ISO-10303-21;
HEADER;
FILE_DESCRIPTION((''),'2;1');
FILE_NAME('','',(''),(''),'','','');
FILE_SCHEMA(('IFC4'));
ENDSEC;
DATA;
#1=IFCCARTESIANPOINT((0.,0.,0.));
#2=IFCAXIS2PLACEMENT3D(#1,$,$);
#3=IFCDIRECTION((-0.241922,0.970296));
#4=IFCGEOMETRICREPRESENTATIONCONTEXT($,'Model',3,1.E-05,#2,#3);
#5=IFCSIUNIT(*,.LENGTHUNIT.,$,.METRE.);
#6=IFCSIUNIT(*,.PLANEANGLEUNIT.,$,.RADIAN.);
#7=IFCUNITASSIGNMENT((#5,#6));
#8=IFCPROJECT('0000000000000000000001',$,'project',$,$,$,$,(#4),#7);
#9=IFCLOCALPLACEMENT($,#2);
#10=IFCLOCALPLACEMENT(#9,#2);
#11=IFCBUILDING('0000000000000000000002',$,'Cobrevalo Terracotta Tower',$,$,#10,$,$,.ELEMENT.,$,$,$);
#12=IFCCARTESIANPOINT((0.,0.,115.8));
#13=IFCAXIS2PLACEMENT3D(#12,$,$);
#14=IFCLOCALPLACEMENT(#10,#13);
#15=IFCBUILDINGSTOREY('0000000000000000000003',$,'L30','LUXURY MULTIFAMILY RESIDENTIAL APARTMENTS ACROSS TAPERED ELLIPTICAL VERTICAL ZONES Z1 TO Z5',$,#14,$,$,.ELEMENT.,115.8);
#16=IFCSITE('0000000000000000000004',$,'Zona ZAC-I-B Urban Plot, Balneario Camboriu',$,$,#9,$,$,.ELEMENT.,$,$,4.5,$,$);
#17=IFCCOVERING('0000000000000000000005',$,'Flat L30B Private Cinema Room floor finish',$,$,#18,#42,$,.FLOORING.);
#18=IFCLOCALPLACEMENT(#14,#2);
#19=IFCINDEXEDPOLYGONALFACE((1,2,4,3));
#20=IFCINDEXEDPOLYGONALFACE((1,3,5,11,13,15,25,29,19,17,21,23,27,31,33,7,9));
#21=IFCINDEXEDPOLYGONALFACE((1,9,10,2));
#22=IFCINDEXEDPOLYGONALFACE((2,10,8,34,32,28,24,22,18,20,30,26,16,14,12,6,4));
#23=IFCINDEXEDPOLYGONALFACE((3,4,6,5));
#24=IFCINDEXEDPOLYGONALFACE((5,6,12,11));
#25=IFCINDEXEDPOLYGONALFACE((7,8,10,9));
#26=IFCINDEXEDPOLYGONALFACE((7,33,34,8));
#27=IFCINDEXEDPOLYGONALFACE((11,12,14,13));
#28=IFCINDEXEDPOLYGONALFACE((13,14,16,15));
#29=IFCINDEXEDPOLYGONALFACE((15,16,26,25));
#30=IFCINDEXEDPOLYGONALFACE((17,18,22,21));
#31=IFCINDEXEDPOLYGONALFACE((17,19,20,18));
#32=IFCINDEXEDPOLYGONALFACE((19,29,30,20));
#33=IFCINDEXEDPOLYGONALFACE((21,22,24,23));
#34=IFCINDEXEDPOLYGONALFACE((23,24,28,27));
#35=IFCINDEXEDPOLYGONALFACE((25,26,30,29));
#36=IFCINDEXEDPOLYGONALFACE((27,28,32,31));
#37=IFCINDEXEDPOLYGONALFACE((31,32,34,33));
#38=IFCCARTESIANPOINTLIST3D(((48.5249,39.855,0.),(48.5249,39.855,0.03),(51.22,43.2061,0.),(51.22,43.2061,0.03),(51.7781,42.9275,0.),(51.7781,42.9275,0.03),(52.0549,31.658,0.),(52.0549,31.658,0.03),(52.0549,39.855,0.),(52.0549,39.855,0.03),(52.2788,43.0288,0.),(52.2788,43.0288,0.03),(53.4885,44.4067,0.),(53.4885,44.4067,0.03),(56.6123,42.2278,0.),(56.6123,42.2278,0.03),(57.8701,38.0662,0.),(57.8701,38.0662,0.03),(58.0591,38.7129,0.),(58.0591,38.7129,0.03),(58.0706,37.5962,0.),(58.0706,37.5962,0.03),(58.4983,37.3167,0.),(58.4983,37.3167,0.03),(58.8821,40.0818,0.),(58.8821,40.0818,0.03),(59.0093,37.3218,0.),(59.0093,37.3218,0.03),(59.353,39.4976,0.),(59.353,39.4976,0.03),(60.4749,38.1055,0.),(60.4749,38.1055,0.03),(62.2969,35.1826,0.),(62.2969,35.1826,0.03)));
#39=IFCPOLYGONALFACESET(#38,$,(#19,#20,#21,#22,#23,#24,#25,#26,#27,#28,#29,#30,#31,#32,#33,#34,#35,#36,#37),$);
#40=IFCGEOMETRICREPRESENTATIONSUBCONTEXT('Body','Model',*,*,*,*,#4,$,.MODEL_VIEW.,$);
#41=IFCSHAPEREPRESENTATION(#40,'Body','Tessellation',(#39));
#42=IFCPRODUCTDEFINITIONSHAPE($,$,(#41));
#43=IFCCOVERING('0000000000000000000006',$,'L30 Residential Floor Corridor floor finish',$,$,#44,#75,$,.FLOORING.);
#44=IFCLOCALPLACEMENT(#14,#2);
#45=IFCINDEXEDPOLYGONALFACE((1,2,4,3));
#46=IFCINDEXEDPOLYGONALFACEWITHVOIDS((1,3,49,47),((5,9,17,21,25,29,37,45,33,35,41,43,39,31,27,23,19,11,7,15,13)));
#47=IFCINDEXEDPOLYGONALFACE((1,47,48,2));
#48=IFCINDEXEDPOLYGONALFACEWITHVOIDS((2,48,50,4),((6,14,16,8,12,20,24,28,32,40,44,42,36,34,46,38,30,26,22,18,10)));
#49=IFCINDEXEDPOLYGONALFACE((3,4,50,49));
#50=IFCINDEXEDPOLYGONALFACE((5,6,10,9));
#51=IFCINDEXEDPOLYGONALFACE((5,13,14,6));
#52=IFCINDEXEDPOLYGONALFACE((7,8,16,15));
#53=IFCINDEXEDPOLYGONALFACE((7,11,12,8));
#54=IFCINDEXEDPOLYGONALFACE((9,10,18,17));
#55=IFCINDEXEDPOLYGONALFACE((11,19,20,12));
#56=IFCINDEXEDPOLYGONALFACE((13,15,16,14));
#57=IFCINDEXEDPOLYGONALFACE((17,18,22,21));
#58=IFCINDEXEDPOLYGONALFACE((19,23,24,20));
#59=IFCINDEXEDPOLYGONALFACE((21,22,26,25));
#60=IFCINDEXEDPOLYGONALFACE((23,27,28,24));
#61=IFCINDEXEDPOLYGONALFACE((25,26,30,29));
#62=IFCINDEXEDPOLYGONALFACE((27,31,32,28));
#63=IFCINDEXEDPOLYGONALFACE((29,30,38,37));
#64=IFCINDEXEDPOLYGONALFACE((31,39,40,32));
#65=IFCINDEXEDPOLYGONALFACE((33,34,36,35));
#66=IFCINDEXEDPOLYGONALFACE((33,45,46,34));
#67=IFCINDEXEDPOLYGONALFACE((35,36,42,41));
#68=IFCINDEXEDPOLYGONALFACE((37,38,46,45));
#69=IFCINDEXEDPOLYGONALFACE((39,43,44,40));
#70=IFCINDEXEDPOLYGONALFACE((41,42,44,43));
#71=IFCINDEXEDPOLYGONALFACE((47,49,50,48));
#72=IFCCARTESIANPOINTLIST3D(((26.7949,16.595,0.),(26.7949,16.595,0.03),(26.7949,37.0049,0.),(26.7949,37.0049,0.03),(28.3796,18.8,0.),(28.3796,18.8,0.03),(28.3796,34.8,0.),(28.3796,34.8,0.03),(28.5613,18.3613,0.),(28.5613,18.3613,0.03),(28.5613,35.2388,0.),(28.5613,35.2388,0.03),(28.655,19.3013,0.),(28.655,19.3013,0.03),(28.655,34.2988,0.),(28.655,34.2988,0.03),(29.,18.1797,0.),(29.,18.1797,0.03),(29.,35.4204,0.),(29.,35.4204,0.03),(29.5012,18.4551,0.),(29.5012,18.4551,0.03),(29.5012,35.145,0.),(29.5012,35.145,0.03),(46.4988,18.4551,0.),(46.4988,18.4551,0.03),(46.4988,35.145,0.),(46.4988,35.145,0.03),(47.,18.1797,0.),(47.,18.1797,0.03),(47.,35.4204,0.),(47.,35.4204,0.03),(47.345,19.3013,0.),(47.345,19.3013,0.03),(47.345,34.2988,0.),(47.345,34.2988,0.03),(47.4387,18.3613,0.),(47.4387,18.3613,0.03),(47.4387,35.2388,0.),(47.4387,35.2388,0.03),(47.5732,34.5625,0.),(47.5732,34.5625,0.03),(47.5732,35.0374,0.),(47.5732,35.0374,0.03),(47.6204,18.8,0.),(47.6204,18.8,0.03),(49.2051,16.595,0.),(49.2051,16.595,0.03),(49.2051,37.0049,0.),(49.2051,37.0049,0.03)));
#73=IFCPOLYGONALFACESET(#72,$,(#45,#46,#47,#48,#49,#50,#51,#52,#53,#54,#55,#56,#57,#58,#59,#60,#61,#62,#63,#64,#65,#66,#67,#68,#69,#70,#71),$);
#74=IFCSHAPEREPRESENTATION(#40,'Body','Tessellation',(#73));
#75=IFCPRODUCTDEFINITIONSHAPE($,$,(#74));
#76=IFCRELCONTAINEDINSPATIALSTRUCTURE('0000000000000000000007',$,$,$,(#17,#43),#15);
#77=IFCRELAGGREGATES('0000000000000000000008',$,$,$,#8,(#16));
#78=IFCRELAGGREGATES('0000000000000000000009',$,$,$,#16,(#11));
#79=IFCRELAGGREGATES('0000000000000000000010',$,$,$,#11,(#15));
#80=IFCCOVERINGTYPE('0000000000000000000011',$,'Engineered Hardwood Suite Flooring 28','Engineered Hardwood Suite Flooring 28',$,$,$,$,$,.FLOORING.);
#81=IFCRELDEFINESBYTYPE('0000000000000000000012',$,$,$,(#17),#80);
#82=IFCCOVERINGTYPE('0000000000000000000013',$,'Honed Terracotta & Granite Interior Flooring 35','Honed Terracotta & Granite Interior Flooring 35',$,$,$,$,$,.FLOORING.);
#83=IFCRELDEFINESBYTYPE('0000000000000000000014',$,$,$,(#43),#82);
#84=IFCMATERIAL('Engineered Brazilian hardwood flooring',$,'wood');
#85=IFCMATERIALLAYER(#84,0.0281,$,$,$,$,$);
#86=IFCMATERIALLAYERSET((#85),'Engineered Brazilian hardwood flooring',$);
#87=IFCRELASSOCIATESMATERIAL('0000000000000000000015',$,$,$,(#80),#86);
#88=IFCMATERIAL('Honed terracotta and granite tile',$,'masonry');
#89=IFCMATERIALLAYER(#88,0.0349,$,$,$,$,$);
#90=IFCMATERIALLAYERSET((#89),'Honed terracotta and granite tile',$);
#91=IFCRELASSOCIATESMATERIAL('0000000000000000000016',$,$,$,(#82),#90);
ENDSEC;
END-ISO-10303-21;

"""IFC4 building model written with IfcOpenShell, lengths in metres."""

from ifc_helpers import new_model, si_unit, direction, frame, origin, place, context, subcontext, project, spatial, polyline, outline, extrude, material, layer, layer_set, type_object, element, save


model = new_model("IFC4")

# Units and contexts
model_context = context("Model", 3, precision=1e-05, world=origin(), true_north=direction((-0.241922, 0.970296)))
body_context = subcontext(model_context, "Body", "Model", "MODEL_VIEW")
ifc_project = project(units=[si_unit("LENGTHUNIT", "METRE"), si_unit("PLANEANGLEUNIT", "RADIAN")], contexts=[model_context])

# Site, building, storey
site_placement = place(None, origin())
site = spatial("IfcSite", under=ifc_project, at=site_placement, Name="Zona ZAC-I-B Urban Plot, Balneario Camboriu", CompositionType="ELEMENT", RefElevation=4.5)
building_placement = place(site_placement, origin())
building = spatial("IfcBuilding", under=site, at=building_placement, Name="Cobrevalo Terracotta Tower", CompositionType="ELEMENT")
storey_placement = place(building_placement, frame((0.0, 0.0, 115.8)))
storey = spatial("IfcBuildingStorey", under=building, at=storey_placement, Name="L30", Description="LUXURY MULTIFAMILY RESIDENTIAL APARTMENTS ACROSS TAPERED ELLIPTICAL VERTICAL ZONES Z1 TO Z5", CompositionType="ELEMENT", Elevation=115.8)

# Coverings
ifc_material_1 = material(Name="Engineered Brazilian hardwood flooring", Category="wood")
ifc_layer_1 = layer(ifc_material_1, 0.0281)
ifc_layer_set_1 = layer_set([ifc_layer_1], Name="Engineered Brazilian hardwood flooring")
covering_type_1 = type_object("IfcCoveringType", Name="Engineered Hardwood Suite Flooring 28", Description="Engineered Hardwood Suite Flooring 28", PredefinedType="FLOORING", material=ifc_layer_set_1)
covering_1_placement = place(storey_placement, origin())
element("IfcCovering", 1, at=covering_1_placement, inside=storey, type_object=covering_type_1, Name="Flat L30B Private Cinema Room floor finish", PredefinedType="FLOORING", context=body_context, shape_type="SweptSolid", body=[
    extrude(outline(polyline([(48.5249, 39.855), (51.22, 43.2061), (51.7781, 42.9275), (52.2788, 43.0288), (53.4885, 44.4067), (56.6123, 42.2278), (58.8821, 40.0818), (59.353, 39.4976), (58.0591, 38.7129), (57.8701, 38.0662), (58.0706, 37.5962), (58.4983, 37.3167), (59.0093, 37.3218), (60.4749, 38.1055), (62.2969, 35.1826), (52.0549, 31.658), (52.0549, 39.855), (48.5249, 39.855)])), origin(), (0.0, 0.0, 1.0), 0.03),
])
ifc_material_2 = material(Name="Honed terracotta and granite tile", Category="masonry")
ifc_layer_2 = layer(ifc_material_2, 0.0349)
ifc_layer_set_2 = layer_set([ifc_layer_2], Name="Honed terracotta and granite tile")
covering_type_2 = type_object("IfcCoveringType", Name="Honed Terracotta & Granite Interior Flooring 35", Description="Honed Terracotta & Granite Interior Flooring 35", PredefinedType="FLOORING", material=ifc_layer_set_2)
covering_2_placement = place(storey_placement, origin())
element("IfcCovering", 2, at=covering_2_placement, inside=storey, type_object=covering_type_2, Name="L30 Residential Floor Corridor floor finish", PredefinedType="FLOORING", context=body_context, shape_type="SweptSolid", body=[
    extrude(outline(polyline([(49.2051, 37.0049), (49.2051, 16.595), (26.7949, 16.595), (26.7949, 37.0049), (49.2051, 37.0049)]), holes=[polyline([(47.345, 34.2988), (47.5732, 34.5625), (47.5732, 35.0374), (47.4387, 35.2388), (47.0, 35.4204), (46.4988, 35.145), (29.5012, 35.145), (29.0, 35.4204), (28.5613, 35.2388), (28.3796, 34.8), (28.655, 34.2988), (28.655, 19.3013), (28.3796, 18.8), (28.5613, 18.3613), (29.0, 18.1797), (29.5012, 18.4551), (46.4988, 18.4551), (47.0, 18.1797), (47.4387, 18.3613), (47.6204, 18.8), (47.345, 19.3013), (47.345, 34.2988)])]), origin(), (0.0, 0.0, 1.0), 0.03),
])

save(model, "model.ifc")
